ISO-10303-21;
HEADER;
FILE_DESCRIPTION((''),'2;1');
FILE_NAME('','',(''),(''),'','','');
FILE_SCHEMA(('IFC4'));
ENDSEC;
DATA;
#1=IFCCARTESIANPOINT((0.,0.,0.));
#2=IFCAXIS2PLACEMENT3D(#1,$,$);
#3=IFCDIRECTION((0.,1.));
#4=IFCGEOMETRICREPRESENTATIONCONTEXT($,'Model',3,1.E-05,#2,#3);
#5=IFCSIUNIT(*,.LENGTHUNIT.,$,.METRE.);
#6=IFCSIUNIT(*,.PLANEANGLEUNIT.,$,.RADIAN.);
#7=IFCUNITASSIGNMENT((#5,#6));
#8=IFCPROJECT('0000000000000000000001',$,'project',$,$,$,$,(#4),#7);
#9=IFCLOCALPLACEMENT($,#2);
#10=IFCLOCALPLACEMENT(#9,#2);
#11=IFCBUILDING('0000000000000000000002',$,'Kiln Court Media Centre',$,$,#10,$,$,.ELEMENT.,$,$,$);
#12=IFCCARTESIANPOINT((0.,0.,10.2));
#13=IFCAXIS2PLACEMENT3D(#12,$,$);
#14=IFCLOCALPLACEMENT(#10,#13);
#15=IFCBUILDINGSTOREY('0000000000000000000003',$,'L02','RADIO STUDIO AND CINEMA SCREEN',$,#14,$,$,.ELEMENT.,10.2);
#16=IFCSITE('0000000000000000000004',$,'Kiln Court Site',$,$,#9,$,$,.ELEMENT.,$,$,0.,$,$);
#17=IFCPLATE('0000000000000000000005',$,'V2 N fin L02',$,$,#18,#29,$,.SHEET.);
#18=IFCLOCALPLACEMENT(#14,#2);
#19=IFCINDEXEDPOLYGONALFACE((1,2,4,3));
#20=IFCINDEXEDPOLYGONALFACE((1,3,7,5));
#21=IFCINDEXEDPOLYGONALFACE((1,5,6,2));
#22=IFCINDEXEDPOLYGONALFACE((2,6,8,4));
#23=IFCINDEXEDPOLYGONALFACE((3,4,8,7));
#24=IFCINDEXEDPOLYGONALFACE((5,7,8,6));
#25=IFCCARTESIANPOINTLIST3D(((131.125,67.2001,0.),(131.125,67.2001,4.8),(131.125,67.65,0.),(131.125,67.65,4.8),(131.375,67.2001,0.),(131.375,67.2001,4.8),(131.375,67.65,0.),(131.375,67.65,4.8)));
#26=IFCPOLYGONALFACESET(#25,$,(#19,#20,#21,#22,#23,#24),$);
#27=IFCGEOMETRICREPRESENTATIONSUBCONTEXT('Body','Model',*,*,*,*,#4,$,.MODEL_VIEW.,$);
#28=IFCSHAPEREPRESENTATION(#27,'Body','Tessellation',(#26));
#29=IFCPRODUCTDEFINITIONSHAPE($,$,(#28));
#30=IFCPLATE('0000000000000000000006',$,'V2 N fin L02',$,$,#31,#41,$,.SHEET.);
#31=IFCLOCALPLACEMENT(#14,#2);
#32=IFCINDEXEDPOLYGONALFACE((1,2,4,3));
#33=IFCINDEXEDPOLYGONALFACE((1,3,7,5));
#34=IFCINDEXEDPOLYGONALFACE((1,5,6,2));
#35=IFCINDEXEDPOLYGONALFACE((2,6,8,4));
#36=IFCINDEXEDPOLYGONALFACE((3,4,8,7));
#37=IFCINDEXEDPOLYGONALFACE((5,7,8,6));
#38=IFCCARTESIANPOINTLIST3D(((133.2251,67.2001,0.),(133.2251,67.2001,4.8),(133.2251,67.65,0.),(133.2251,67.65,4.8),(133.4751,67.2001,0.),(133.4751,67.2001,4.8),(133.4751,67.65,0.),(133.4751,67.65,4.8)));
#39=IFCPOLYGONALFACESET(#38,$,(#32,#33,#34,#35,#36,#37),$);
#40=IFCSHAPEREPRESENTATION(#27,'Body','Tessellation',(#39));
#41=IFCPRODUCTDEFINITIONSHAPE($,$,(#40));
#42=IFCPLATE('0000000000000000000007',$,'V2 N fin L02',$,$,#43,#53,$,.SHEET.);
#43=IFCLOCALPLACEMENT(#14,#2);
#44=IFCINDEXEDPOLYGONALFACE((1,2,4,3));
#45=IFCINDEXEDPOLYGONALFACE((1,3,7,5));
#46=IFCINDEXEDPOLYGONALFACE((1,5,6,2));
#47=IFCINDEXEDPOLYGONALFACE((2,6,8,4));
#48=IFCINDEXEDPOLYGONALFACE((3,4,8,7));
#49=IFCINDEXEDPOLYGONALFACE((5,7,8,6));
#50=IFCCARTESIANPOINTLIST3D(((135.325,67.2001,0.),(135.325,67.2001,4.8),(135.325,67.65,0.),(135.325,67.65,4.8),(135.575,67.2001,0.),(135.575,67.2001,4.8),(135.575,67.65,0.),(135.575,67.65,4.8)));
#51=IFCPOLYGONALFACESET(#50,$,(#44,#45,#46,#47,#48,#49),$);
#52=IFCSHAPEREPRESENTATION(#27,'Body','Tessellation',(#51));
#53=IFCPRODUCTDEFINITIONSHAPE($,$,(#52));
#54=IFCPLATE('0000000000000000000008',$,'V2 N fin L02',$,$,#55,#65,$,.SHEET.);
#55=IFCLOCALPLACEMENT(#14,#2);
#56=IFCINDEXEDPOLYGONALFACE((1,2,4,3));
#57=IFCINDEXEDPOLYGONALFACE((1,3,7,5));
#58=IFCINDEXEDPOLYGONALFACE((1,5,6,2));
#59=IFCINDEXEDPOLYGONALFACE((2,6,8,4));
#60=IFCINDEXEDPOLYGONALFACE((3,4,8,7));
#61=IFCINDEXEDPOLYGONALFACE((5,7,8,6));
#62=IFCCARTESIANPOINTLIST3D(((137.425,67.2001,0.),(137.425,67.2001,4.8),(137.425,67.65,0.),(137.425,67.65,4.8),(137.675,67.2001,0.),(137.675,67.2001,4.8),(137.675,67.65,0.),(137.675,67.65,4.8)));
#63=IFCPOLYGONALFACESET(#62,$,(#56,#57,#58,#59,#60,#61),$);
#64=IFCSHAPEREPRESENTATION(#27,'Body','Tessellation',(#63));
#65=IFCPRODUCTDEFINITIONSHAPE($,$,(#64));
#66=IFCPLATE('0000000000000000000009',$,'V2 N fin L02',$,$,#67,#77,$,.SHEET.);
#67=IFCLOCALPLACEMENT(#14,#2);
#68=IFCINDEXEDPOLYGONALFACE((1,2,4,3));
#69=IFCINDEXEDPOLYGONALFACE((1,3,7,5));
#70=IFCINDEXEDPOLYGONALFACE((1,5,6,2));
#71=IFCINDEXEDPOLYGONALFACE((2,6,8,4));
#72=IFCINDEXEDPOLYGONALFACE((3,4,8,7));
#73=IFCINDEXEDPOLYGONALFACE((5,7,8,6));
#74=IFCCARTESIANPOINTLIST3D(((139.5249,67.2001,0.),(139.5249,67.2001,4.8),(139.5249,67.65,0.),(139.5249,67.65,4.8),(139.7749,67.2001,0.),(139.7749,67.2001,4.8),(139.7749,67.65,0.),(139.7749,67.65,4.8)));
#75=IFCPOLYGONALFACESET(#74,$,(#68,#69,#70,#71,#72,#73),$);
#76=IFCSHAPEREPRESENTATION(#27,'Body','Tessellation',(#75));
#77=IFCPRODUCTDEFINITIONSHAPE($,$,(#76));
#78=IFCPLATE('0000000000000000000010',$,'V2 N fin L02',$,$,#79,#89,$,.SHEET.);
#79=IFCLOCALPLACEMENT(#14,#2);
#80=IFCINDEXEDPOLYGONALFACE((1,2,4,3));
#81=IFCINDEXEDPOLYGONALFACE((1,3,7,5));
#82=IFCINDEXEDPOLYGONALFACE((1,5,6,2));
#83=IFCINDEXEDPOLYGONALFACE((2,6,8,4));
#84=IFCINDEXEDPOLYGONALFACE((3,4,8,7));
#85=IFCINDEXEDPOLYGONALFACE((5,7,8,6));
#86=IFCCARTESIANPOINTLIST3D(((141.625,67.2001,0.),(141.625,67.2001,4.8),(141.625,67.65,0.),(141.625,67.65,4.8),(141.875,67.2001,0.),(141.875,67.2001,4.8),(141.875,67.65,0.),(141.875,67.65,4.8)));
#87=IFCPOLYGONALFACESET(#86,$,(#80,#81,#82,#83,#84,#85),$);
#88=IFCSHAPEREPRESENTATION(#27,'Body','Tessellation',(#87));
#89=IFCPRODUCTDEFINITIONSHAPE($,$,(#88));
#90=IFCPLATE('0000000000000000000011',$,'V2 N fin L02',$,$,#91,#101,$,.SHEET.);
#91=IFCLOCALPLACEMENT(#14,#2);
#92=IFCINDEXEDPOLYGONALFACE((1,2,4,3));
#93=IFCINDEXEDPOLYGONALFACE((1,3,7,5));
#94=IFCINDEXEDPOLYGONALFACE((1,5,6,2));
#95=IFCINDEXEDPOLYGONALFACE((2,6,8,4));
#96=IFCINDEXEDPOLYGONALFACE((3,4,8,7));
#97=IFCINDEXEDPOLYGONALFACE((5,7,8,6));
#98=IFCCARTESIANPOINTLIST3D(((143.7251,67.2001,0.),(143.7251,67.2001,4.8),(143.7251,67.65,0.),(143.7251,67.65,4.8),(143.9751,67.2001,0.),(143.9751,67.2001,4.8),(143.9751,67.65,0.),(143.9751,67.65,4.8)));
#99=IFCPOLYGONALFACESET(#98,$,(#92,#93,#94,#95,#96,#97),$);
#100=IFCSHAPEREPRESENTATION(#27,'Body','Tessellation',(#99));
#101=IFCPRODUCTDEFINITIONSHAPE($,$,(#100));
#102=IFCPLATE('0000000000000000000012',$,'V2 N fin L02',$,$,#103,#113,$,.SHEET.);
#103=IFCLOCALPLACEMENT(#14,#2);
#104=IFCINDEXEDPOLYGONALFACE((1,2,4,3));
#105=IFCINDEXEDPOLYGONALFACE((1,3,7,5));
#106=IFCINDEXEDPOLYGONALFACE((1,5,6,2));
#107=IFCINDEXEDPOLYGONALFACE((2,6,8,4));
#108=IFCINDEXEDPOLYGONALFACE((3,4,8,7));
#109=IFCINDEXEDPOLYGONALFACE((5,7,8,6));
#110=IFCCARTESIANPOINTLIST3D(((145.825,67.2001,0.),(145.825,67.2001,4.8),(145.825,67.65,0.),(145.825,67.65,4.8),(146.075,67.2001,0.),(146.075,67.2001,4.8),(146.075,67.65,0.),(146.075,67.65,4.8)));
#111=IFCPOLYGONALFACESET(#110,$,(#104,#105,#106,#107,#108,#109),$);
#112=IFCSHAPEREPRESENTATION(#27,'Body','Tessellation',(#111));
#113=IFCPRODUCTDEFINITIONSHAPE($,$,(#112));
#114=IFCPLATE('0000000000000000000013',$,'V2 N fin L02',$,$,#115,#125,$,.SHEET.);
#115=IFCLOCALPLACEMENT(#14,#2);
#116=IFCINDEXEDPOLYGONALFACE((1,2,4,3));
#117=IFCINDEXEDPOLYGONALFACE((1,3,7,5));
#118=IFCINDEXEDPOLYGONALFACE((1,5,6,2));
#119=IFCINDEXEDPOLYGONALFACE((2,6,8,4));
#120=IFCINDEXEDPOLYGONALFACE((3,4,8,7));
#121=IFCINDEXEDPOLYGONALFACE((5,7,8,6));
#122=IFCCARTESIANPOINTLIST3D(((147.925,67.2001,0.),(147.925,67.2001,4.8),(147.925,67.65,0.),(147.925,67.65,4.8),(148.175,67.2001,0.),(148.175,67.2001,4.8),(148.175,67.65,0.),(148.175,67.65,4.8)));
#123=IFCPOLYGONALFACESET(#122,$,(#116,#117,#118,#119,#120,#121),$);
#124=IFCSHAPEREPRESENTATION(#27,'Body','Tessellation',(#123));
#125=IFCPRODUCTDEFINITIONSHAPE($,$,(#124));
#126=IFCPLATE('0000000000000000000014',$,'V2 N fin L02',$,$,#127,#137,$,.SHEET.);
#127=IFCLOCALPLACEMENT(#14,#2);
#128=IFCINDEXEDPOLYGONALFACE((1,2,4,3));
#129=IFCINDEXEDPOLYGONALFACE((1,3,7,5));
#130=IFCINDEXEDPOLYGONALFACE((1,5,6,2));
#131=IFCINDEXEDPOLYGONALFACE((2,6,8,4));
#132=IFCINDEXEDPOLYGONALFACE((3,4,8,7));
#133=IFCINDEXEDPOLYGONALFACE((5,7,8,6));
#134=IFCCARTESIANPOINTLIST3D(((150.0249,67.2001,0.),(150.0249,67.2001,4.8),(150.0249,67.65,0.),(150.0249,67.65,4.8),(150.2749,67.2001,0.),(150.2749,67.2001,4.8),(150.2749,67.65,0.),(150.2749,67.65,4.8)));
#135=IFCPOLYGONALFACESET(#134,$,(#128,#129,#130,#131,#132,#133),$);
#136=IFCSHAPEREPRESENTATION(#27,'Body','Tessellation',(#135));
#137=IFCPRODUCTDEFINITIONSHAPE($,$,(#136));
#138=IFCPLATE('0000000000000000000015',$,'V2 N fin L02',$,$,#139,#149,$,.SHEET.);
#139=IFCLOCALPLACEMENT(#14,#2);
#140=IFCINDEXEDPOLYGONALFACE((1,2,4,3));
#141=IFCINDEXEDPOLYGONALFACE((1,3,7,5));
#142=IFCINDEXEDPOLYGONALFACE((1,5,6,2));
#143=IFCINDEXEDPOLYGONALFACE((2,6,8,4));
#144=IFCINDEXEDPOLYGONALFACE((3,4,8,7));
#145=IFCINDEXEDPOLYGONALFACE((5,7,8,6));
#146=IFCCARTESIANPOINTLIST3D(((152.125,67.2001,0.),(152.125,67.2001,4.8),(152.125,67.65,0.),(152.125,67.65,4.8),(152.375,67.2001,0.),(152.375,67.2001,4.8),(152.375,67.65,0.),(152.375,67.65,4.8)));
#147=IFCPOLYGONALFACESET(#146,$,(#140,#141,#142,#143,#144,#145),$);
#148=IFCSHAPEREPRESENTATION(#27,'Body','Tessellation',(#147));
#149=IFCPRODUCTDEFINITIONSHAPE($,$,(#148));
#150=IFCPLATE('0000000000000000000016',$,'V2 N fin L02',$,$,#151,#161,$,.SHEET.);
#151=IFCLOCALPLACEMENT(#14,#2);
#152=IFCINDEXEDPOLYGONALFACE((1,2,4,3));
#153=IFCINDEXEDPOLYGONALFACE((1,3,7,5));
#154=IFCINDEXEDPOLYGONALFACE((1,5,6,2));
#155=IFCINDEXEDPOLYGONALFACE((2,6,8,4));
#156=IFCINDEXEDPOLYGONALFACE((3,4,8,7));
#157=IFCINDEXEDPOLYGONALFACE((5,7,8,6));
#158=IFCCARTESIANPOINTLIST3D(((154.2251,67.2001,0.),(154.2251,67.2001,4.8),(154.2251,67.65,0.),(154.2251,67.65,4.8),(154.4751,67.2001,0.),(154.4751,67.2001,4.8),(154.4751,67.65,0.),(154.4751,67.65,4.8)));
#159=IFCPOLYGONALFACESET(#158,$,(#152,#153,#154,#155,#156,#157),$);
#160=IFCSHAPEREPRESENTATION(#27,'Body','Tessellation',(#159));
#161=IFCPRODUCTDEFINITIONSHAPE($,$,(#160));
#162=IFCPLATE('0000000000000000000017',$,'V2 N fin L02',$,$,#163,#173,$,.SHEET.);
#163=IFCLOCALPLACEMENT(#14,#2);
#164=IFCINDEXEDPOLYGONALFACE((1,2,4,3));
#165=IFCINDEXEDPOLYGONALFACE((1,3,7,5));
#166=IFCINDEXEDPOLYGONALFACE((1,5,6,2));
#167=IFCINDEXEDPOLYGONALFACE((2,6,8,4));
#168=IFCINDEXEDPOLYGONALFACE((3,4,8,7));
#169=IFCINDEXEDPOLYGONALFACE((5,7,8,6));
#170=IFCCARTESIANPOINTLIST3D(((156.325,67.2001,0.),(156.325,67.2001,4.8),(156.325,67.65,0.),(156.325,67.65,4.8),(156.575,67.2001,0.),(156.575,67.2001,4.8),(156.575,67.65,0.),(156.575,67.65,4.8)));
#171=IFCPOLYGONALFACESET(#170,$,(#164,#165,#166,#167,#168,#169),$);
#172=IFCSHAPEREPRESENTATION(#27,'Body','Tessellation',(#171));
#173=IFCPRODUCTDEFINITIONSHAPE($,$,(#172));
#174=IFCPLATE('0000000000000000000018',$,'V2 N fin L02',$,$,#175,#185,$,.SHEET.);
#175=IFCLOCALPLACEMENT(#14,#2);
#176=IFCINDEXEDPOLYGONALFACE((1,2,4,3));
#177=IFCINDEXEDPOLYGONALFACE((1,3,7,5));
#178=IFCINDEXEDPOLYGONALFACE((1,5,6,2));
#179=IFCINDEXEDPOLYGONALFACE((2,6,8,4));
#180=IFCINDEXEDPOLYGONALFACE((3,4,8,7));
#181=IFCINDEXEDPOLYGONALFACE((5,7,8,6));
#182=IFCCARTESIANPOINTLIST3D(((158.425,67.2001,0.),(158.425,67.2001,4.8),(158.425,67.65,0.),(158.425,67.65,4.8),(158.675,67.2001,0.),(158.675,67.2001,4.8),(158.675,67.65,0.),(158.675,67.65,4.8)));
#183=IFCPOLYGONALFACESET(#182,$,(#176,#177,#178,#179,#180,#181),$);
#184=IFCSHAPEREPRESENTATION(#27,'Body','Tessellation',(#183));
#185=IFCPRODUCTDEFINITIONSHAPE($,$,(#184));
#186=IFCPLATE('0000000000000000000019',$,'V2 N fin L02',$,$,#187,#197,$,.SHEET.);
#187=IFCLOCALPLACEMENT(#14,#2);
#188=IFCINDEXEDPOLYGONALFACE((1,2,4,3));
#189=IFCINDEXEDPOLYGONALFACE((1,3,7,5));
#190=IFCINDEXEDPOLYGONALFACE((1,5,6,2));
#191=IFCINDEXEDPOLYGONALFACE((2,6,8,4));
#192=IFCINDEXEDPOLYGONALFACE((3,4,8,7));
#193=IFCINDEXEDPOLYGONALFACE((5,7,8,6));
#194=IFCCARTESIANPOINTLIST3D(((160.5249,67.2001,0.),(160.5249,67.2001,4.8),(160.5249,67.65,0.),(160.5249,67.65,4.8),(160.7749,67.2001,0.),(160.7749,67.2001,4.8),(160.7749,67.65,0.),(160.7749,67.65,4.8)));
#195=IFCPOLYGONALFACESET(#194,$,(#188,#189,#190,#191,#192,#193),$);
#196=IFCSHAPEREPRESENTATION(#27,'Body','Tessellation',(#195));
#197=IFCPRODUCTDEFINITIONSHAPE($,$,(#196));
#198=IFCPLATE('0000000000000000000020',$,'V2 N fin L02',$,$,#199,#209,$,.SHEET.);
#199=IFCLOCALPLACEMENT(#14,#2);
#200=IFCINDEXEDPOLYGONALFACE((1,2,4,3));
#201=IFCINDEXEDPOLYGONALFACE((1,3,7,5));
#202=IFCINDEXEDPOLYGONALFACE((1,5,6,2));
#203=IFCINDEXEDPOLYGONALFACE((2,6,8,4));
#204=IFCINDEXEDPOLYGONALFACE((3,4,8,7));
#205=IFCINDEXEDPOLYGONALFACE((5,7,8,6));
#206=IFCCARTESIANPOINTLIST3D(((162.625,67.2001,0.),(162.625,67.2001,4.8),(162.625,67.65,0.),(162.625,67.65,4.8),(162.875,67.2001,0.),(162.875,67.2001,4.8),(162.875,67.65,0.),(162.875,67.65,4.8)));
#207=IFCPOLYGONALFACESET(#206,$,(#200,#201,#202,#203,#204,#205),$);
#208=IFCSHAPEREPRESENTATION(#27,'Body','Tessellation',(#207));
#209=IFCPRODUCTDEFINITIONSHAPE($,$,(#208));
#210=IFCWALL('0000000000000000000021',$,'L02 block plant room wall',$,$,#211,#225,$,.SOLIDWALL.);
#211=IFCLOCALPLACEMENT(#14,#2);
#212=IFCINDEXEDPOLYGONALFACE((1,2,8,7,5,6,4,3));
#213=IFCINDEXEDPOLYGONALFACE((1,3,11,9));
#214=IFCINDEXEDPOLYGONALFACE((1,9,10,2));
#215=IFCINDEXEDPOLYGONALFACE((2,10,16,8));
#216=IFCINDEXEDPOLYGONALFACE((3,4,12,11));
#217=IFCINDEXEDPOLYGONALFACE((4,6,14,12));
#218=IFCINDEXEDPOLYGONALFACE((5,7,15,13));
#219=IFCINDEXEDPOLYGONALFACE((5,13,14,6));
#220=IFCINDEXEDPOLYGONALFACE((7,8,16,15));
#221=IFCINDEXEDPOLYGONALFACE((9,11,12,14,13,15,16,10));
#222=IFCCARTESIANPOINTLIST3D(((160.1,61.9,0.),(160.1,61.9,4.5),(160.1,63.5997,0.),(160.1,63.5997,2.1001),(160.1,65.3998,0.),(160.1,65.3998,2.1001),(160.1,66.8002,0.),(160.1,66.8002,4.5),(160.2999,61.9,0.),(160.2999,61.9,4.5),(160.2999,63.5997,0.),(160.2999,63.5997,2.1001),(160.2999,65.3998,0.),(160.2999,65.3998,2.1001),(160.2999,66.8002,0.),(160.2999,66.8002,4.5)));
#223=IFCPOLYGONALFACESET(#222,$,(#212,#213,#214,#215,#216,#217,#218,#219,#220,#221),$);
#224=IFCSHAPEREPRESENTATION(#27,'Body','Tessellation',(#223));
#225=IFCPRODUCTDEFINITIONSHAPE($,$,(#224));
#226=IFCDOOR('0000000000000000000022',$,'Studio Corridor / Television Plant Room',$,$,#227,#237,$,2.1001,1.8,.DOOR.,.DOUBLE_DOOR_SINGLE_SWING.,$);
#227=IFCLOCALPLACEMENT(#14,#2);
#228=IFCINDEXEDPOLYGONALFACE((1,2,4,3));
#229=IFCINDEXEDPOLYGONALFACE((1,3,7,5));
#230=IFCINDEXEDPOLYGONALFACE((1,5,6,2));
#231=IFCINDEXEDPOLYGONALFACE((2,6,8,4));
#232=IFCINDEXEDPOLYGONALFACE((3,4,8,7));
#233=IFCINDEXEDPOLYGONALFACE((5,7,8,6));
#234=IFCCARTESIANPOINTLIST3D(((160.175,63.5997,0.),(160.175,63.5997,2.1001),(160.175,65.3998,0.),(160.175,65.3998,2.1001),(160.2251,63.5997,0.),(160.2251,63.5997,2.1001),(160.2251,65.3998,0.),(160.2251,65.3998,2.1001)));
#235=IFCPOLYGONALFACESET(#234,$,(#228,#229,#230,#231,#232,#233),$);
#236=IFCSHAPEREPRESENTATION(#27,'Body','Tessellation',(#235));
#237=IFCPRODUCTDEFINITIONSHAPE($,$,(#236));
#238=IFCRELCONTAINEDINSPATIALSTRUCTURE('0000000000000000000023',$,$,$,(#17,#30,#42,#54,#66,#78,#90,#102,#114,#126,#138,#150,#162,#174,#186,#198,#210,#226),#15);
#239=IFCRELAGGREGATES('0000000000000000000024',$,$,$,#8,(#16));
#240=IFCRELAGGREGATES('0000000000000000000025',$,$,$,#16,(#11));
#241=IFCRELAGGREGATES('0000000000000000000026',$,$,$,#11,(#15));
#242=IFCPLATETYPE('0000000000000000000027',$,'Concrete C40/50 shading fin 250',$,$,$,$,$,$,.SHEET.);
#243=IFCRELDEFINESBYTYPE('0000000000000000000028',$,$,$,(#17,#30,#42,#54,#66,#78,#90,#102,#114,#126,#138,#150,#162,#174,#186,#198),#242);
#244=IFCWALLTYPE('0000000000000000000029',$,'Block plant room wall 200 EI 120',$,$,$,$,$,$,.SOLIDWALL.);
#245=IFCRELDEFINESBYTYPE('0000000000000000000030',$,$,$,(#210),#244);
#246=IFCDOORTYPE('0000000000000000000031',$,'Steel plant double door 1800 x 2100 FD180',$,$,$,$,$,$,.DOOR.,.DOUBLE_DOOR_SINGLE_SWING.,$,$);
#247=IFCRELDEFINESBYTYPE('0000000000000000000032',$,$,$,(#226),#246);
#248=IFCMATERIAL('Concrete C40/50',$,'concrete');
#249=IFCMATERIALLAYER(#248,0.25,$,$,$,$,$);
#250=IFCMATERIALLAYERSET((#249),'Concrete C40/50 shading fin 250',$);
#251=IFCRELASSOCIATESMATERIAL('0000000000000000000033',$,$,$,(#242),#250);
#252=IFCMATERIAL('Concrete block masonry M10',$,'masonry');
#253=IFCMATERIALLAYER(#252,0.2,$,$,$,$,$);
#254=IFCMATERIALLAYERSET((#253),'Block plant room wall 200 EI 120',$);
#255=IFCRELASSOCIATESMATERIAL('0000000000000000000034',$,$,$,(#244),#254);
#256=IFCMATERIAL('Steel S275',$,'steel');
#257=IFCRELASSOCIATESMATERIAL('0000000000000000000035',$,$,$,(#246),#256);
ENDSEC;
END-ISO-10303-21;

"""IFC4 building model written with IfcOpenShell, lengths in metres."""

from ifc_helpers import new_model, si_unit, direction, frame, frame_2d, origin, origin_2d, place, context, subcontext, project, spatial, rectangle, extrude, material, layer, layer_set, type_object, element, fill, save


model = new_model("IFC4")

# Units and contexts
model_context = context("Model", 3, precision=1e-05, world=origin(), true_north=direction((0.0, 1.0)))
body_context = subcontext(model_context, "Body", "Model", "MODEL_VIEW")
ifc_project = project(units=[si_unit("LENGTHUNIT", "METRE"), si_unit("PLANEANGLEUNIT", "RADIAN")], contexts=[model_context])

# Site, building, storey
site_placement = place(None, origin())
site = spatial("IfcSite", under=ifc_project, at=site_placement, Name="Kiln Court Site", CompositionType="ELEMENT", RefElevation=0.0)
building_placement = place(site_placement, origin())
building = spatial("IfcBuilding", under=site, at=building_placement, Name="Kiln Court Media Centre", CompositionType="ELEMENT")
storey_placement = place(building_placement, frame((0.0, 0.0, 10.2)))
storey = spatial("IfcBuildingStorey", under=building, at=storey_placement, Name="L02", Description="RADIO STUDIO AND CINEMA SCREEN", CompositionType="ELEMENT", Elevation=10.2)

# Plates
ifc_material_1 = material(Name="Concrete C40/50", Category="concrete")
ifc_layer_1 = layer(ifc_material_1, 0.25)
ifc_layer_set_1 = layer_set([ifc_layer_1], Name="Concrete C40/50 shading fin 250")
plate_type = type_object("IfcPlateType", Name="Concrete C40/50 shading fin 250", PredefinedType="SHEET", material=ifc_layer_set_1)
for number, where, z_axis, x_axis, name in (
    (1, (131.25, 67.425, 0.0), (0.0, 0.0, 1.0), (1.0, 0.0, 0.0), "V2 N fin L02"),
    (2, (133.3501, 67.425, 0.0), (0.0, 0.0, 1.0), (1.0, 0.0, 0.0), "V2 N fin L02"),
    (3, (135.45, 67.425, 0.0), (0.0, 0.0, 1.0), (1.0, 0.0, 0.0), "V2 N fin L02"),
    (4, (137.55, 67.425, 0.0), (0.0, 0.0, 1.0), (1.0, 0.0, 0.0), "V2 N fin L02"),
    (5, (139.6499, 67.425, 0.0), (0.0, 0.0, 1.0), (1.0, 0.0, 0.0), "V2 N fin L02"),
    (6, (141.75, 67.425, 0.0), (0.0, 0.0, 1.0), (1.0, 0.0, 0.0), "V2 N fin L02"),
    (7, (143.8501, 67.425, 0.0), (0.0, 0.0, 1.0), (1.0, 0.0, 0.0), "V2 N fin L02"),
    (8, (145.95, 67.425, 0.0), (0.0, 0.0, 1.0), (1.0, 0.0, 0.0), "V2 N fin L02"),
    (9, (148.05, 67.425, 0.0), (0.0, 0.0, 1.0), (1.0, 0.0, 0.0), "V2 N fin L02"),
    (10, (150.1499, 67.425, 0.0), (0.0, 0.0, 1.0), (1.0, 0.0, 0.0), "V2 N fin L02"),
    (11, (152.25, 67.425, 0.0), (0.0, 0.0, 1.0), (1.0, 0.0, 0.0), "V2 N fin L02"),
    (12, (154.3501, 67.425, 0.0), (0.0, 0.0, 1.0), (1.0, 0.0, 0.0), "V2 N fin L02"),
    (13, (156.45, 67.425, 0.0), (0.0, 0.0, 1.0), (1.0, 0.0, 0.0), "V2 N fin L02"),
    (14, (158.55, 67.425, 0.0), (0.0, 0.0, 1.0), (1.0, 0.0, 0.0), "V2 N fin L02"),
    (15, (160.6499, 67.425, 0.0), (0.0, 0.0, 1.0), (1.0, 0.0, 0.0), "V2 N fin L02"),
    (16, (162.75, 67.425, 0.0), (0.0, 0.0, 1.0), (1.0, 0.0, 0.0), "V2 N fin L02"),
):
    element("IfcPlate", number, at=place(storey_placement, frame(where, z_axis=z_axis, x_axis=x_axis)), inside=storey, type_object=plate_type, Name=name, PredefinedType="SHEET", context=body_context, shape_type="SweptSolid", body=[
        extrude(rectangle(XDim=0.25, YDim=0.45, at=origin_2d()), origin(), (0.0, 0.0, 1.0), 4.8),
    ])

# Wall, opening, door
ifc_material_2 = material(Name="Concrete block masonry M10", Category="masonry")
ifc_layer_2 = layer(ifc_material_2, 0.2)
ifc_layer_set_2 = layer_set([ifc_layer_2], Name="Block plant room wall 200 EI 120")
wall_type_1 = type_object("IfcWallType", Name="Block plant room wall 200 EI 120", PredefinedType="SOLIDWALL", material=ifc_layer_set_2)
wall_1_placement = place(storey_placement, frame((160.2, 61.8999, 0.0), z_axis=(0.0, 0.0, 1.0), x_axis=(0.0, 1.0, 0.0)))
wall_1 = element("IfcWall", 17, at=wall_1_placement, inside=storey, type_object=wall_type_1, Name="L02 block plant room wall", PredefinedType="SOLIDWALL", context=body_context, shape_type="SweptSolid", body=[
    extrude(rectangle(XDim=4.9001, YDim=0.2, at=frame_2d((2.4502, 0.0))), origin(), (0.0, 0.0, 1.0), 4.5),
])
opening_placement = place(wall_1_placement, frame((1.7, 0.0, 0.0)))
opening = element("IfcOpeningElement", 18, at=opening_placement, cuts=wall_1, PredefinedType="OPENING", context=body_context, shape_type="SweptSolid", body=[
    extrude(rectangle(XDim=1.8, YDim=2.1001, at=frame_2d((0.8999, 1.05))), frame((0.0, 0.1099, 0.0), z_axis=(0.0, -1.0, 0.0), x_axis=(1.0, 0.0, 0.0)), (0.0, 0.0, 1.0), 0.22),
])
ifc_material_3 = material(Name="Steel S275", Category="steel")
door_type = type_object("IfcDoorType", Name="Steel plant double door 1800 x 2100 FD180", OperationType="DOUBLE_DOOR_SINGLE_SWING", PredefinedType="DOOR", material=ifc_material_3)
door_placement = place(opening_placement, origin())
door = element("IfcDoor", 19, at=door_placement, inside=storey, type_object=door_type, Name="Studio Corridor / Television Plant Room", OperationType="DOUBLE_DOOR_SINGLE_SWING", OverallHeight=2.1001, OverallWidth=1.8, PredefinedType="DOOR", context=body_context, shape_type="SweptSolid", body=[
    extrude(rectangle(XDim=1.8, YDim=2.1001, at=frame_2d((0.8999, 1.05))), frame((0.0, 0.0249, 0.0), z_axis=(0.0, -1.0, 0.0), x_axis=(1.0, 0.0, 0.0)), (0.0, 0.0, 1.0), 0.05),
])
fill(opening, door)

save(model, "model.ifc")
